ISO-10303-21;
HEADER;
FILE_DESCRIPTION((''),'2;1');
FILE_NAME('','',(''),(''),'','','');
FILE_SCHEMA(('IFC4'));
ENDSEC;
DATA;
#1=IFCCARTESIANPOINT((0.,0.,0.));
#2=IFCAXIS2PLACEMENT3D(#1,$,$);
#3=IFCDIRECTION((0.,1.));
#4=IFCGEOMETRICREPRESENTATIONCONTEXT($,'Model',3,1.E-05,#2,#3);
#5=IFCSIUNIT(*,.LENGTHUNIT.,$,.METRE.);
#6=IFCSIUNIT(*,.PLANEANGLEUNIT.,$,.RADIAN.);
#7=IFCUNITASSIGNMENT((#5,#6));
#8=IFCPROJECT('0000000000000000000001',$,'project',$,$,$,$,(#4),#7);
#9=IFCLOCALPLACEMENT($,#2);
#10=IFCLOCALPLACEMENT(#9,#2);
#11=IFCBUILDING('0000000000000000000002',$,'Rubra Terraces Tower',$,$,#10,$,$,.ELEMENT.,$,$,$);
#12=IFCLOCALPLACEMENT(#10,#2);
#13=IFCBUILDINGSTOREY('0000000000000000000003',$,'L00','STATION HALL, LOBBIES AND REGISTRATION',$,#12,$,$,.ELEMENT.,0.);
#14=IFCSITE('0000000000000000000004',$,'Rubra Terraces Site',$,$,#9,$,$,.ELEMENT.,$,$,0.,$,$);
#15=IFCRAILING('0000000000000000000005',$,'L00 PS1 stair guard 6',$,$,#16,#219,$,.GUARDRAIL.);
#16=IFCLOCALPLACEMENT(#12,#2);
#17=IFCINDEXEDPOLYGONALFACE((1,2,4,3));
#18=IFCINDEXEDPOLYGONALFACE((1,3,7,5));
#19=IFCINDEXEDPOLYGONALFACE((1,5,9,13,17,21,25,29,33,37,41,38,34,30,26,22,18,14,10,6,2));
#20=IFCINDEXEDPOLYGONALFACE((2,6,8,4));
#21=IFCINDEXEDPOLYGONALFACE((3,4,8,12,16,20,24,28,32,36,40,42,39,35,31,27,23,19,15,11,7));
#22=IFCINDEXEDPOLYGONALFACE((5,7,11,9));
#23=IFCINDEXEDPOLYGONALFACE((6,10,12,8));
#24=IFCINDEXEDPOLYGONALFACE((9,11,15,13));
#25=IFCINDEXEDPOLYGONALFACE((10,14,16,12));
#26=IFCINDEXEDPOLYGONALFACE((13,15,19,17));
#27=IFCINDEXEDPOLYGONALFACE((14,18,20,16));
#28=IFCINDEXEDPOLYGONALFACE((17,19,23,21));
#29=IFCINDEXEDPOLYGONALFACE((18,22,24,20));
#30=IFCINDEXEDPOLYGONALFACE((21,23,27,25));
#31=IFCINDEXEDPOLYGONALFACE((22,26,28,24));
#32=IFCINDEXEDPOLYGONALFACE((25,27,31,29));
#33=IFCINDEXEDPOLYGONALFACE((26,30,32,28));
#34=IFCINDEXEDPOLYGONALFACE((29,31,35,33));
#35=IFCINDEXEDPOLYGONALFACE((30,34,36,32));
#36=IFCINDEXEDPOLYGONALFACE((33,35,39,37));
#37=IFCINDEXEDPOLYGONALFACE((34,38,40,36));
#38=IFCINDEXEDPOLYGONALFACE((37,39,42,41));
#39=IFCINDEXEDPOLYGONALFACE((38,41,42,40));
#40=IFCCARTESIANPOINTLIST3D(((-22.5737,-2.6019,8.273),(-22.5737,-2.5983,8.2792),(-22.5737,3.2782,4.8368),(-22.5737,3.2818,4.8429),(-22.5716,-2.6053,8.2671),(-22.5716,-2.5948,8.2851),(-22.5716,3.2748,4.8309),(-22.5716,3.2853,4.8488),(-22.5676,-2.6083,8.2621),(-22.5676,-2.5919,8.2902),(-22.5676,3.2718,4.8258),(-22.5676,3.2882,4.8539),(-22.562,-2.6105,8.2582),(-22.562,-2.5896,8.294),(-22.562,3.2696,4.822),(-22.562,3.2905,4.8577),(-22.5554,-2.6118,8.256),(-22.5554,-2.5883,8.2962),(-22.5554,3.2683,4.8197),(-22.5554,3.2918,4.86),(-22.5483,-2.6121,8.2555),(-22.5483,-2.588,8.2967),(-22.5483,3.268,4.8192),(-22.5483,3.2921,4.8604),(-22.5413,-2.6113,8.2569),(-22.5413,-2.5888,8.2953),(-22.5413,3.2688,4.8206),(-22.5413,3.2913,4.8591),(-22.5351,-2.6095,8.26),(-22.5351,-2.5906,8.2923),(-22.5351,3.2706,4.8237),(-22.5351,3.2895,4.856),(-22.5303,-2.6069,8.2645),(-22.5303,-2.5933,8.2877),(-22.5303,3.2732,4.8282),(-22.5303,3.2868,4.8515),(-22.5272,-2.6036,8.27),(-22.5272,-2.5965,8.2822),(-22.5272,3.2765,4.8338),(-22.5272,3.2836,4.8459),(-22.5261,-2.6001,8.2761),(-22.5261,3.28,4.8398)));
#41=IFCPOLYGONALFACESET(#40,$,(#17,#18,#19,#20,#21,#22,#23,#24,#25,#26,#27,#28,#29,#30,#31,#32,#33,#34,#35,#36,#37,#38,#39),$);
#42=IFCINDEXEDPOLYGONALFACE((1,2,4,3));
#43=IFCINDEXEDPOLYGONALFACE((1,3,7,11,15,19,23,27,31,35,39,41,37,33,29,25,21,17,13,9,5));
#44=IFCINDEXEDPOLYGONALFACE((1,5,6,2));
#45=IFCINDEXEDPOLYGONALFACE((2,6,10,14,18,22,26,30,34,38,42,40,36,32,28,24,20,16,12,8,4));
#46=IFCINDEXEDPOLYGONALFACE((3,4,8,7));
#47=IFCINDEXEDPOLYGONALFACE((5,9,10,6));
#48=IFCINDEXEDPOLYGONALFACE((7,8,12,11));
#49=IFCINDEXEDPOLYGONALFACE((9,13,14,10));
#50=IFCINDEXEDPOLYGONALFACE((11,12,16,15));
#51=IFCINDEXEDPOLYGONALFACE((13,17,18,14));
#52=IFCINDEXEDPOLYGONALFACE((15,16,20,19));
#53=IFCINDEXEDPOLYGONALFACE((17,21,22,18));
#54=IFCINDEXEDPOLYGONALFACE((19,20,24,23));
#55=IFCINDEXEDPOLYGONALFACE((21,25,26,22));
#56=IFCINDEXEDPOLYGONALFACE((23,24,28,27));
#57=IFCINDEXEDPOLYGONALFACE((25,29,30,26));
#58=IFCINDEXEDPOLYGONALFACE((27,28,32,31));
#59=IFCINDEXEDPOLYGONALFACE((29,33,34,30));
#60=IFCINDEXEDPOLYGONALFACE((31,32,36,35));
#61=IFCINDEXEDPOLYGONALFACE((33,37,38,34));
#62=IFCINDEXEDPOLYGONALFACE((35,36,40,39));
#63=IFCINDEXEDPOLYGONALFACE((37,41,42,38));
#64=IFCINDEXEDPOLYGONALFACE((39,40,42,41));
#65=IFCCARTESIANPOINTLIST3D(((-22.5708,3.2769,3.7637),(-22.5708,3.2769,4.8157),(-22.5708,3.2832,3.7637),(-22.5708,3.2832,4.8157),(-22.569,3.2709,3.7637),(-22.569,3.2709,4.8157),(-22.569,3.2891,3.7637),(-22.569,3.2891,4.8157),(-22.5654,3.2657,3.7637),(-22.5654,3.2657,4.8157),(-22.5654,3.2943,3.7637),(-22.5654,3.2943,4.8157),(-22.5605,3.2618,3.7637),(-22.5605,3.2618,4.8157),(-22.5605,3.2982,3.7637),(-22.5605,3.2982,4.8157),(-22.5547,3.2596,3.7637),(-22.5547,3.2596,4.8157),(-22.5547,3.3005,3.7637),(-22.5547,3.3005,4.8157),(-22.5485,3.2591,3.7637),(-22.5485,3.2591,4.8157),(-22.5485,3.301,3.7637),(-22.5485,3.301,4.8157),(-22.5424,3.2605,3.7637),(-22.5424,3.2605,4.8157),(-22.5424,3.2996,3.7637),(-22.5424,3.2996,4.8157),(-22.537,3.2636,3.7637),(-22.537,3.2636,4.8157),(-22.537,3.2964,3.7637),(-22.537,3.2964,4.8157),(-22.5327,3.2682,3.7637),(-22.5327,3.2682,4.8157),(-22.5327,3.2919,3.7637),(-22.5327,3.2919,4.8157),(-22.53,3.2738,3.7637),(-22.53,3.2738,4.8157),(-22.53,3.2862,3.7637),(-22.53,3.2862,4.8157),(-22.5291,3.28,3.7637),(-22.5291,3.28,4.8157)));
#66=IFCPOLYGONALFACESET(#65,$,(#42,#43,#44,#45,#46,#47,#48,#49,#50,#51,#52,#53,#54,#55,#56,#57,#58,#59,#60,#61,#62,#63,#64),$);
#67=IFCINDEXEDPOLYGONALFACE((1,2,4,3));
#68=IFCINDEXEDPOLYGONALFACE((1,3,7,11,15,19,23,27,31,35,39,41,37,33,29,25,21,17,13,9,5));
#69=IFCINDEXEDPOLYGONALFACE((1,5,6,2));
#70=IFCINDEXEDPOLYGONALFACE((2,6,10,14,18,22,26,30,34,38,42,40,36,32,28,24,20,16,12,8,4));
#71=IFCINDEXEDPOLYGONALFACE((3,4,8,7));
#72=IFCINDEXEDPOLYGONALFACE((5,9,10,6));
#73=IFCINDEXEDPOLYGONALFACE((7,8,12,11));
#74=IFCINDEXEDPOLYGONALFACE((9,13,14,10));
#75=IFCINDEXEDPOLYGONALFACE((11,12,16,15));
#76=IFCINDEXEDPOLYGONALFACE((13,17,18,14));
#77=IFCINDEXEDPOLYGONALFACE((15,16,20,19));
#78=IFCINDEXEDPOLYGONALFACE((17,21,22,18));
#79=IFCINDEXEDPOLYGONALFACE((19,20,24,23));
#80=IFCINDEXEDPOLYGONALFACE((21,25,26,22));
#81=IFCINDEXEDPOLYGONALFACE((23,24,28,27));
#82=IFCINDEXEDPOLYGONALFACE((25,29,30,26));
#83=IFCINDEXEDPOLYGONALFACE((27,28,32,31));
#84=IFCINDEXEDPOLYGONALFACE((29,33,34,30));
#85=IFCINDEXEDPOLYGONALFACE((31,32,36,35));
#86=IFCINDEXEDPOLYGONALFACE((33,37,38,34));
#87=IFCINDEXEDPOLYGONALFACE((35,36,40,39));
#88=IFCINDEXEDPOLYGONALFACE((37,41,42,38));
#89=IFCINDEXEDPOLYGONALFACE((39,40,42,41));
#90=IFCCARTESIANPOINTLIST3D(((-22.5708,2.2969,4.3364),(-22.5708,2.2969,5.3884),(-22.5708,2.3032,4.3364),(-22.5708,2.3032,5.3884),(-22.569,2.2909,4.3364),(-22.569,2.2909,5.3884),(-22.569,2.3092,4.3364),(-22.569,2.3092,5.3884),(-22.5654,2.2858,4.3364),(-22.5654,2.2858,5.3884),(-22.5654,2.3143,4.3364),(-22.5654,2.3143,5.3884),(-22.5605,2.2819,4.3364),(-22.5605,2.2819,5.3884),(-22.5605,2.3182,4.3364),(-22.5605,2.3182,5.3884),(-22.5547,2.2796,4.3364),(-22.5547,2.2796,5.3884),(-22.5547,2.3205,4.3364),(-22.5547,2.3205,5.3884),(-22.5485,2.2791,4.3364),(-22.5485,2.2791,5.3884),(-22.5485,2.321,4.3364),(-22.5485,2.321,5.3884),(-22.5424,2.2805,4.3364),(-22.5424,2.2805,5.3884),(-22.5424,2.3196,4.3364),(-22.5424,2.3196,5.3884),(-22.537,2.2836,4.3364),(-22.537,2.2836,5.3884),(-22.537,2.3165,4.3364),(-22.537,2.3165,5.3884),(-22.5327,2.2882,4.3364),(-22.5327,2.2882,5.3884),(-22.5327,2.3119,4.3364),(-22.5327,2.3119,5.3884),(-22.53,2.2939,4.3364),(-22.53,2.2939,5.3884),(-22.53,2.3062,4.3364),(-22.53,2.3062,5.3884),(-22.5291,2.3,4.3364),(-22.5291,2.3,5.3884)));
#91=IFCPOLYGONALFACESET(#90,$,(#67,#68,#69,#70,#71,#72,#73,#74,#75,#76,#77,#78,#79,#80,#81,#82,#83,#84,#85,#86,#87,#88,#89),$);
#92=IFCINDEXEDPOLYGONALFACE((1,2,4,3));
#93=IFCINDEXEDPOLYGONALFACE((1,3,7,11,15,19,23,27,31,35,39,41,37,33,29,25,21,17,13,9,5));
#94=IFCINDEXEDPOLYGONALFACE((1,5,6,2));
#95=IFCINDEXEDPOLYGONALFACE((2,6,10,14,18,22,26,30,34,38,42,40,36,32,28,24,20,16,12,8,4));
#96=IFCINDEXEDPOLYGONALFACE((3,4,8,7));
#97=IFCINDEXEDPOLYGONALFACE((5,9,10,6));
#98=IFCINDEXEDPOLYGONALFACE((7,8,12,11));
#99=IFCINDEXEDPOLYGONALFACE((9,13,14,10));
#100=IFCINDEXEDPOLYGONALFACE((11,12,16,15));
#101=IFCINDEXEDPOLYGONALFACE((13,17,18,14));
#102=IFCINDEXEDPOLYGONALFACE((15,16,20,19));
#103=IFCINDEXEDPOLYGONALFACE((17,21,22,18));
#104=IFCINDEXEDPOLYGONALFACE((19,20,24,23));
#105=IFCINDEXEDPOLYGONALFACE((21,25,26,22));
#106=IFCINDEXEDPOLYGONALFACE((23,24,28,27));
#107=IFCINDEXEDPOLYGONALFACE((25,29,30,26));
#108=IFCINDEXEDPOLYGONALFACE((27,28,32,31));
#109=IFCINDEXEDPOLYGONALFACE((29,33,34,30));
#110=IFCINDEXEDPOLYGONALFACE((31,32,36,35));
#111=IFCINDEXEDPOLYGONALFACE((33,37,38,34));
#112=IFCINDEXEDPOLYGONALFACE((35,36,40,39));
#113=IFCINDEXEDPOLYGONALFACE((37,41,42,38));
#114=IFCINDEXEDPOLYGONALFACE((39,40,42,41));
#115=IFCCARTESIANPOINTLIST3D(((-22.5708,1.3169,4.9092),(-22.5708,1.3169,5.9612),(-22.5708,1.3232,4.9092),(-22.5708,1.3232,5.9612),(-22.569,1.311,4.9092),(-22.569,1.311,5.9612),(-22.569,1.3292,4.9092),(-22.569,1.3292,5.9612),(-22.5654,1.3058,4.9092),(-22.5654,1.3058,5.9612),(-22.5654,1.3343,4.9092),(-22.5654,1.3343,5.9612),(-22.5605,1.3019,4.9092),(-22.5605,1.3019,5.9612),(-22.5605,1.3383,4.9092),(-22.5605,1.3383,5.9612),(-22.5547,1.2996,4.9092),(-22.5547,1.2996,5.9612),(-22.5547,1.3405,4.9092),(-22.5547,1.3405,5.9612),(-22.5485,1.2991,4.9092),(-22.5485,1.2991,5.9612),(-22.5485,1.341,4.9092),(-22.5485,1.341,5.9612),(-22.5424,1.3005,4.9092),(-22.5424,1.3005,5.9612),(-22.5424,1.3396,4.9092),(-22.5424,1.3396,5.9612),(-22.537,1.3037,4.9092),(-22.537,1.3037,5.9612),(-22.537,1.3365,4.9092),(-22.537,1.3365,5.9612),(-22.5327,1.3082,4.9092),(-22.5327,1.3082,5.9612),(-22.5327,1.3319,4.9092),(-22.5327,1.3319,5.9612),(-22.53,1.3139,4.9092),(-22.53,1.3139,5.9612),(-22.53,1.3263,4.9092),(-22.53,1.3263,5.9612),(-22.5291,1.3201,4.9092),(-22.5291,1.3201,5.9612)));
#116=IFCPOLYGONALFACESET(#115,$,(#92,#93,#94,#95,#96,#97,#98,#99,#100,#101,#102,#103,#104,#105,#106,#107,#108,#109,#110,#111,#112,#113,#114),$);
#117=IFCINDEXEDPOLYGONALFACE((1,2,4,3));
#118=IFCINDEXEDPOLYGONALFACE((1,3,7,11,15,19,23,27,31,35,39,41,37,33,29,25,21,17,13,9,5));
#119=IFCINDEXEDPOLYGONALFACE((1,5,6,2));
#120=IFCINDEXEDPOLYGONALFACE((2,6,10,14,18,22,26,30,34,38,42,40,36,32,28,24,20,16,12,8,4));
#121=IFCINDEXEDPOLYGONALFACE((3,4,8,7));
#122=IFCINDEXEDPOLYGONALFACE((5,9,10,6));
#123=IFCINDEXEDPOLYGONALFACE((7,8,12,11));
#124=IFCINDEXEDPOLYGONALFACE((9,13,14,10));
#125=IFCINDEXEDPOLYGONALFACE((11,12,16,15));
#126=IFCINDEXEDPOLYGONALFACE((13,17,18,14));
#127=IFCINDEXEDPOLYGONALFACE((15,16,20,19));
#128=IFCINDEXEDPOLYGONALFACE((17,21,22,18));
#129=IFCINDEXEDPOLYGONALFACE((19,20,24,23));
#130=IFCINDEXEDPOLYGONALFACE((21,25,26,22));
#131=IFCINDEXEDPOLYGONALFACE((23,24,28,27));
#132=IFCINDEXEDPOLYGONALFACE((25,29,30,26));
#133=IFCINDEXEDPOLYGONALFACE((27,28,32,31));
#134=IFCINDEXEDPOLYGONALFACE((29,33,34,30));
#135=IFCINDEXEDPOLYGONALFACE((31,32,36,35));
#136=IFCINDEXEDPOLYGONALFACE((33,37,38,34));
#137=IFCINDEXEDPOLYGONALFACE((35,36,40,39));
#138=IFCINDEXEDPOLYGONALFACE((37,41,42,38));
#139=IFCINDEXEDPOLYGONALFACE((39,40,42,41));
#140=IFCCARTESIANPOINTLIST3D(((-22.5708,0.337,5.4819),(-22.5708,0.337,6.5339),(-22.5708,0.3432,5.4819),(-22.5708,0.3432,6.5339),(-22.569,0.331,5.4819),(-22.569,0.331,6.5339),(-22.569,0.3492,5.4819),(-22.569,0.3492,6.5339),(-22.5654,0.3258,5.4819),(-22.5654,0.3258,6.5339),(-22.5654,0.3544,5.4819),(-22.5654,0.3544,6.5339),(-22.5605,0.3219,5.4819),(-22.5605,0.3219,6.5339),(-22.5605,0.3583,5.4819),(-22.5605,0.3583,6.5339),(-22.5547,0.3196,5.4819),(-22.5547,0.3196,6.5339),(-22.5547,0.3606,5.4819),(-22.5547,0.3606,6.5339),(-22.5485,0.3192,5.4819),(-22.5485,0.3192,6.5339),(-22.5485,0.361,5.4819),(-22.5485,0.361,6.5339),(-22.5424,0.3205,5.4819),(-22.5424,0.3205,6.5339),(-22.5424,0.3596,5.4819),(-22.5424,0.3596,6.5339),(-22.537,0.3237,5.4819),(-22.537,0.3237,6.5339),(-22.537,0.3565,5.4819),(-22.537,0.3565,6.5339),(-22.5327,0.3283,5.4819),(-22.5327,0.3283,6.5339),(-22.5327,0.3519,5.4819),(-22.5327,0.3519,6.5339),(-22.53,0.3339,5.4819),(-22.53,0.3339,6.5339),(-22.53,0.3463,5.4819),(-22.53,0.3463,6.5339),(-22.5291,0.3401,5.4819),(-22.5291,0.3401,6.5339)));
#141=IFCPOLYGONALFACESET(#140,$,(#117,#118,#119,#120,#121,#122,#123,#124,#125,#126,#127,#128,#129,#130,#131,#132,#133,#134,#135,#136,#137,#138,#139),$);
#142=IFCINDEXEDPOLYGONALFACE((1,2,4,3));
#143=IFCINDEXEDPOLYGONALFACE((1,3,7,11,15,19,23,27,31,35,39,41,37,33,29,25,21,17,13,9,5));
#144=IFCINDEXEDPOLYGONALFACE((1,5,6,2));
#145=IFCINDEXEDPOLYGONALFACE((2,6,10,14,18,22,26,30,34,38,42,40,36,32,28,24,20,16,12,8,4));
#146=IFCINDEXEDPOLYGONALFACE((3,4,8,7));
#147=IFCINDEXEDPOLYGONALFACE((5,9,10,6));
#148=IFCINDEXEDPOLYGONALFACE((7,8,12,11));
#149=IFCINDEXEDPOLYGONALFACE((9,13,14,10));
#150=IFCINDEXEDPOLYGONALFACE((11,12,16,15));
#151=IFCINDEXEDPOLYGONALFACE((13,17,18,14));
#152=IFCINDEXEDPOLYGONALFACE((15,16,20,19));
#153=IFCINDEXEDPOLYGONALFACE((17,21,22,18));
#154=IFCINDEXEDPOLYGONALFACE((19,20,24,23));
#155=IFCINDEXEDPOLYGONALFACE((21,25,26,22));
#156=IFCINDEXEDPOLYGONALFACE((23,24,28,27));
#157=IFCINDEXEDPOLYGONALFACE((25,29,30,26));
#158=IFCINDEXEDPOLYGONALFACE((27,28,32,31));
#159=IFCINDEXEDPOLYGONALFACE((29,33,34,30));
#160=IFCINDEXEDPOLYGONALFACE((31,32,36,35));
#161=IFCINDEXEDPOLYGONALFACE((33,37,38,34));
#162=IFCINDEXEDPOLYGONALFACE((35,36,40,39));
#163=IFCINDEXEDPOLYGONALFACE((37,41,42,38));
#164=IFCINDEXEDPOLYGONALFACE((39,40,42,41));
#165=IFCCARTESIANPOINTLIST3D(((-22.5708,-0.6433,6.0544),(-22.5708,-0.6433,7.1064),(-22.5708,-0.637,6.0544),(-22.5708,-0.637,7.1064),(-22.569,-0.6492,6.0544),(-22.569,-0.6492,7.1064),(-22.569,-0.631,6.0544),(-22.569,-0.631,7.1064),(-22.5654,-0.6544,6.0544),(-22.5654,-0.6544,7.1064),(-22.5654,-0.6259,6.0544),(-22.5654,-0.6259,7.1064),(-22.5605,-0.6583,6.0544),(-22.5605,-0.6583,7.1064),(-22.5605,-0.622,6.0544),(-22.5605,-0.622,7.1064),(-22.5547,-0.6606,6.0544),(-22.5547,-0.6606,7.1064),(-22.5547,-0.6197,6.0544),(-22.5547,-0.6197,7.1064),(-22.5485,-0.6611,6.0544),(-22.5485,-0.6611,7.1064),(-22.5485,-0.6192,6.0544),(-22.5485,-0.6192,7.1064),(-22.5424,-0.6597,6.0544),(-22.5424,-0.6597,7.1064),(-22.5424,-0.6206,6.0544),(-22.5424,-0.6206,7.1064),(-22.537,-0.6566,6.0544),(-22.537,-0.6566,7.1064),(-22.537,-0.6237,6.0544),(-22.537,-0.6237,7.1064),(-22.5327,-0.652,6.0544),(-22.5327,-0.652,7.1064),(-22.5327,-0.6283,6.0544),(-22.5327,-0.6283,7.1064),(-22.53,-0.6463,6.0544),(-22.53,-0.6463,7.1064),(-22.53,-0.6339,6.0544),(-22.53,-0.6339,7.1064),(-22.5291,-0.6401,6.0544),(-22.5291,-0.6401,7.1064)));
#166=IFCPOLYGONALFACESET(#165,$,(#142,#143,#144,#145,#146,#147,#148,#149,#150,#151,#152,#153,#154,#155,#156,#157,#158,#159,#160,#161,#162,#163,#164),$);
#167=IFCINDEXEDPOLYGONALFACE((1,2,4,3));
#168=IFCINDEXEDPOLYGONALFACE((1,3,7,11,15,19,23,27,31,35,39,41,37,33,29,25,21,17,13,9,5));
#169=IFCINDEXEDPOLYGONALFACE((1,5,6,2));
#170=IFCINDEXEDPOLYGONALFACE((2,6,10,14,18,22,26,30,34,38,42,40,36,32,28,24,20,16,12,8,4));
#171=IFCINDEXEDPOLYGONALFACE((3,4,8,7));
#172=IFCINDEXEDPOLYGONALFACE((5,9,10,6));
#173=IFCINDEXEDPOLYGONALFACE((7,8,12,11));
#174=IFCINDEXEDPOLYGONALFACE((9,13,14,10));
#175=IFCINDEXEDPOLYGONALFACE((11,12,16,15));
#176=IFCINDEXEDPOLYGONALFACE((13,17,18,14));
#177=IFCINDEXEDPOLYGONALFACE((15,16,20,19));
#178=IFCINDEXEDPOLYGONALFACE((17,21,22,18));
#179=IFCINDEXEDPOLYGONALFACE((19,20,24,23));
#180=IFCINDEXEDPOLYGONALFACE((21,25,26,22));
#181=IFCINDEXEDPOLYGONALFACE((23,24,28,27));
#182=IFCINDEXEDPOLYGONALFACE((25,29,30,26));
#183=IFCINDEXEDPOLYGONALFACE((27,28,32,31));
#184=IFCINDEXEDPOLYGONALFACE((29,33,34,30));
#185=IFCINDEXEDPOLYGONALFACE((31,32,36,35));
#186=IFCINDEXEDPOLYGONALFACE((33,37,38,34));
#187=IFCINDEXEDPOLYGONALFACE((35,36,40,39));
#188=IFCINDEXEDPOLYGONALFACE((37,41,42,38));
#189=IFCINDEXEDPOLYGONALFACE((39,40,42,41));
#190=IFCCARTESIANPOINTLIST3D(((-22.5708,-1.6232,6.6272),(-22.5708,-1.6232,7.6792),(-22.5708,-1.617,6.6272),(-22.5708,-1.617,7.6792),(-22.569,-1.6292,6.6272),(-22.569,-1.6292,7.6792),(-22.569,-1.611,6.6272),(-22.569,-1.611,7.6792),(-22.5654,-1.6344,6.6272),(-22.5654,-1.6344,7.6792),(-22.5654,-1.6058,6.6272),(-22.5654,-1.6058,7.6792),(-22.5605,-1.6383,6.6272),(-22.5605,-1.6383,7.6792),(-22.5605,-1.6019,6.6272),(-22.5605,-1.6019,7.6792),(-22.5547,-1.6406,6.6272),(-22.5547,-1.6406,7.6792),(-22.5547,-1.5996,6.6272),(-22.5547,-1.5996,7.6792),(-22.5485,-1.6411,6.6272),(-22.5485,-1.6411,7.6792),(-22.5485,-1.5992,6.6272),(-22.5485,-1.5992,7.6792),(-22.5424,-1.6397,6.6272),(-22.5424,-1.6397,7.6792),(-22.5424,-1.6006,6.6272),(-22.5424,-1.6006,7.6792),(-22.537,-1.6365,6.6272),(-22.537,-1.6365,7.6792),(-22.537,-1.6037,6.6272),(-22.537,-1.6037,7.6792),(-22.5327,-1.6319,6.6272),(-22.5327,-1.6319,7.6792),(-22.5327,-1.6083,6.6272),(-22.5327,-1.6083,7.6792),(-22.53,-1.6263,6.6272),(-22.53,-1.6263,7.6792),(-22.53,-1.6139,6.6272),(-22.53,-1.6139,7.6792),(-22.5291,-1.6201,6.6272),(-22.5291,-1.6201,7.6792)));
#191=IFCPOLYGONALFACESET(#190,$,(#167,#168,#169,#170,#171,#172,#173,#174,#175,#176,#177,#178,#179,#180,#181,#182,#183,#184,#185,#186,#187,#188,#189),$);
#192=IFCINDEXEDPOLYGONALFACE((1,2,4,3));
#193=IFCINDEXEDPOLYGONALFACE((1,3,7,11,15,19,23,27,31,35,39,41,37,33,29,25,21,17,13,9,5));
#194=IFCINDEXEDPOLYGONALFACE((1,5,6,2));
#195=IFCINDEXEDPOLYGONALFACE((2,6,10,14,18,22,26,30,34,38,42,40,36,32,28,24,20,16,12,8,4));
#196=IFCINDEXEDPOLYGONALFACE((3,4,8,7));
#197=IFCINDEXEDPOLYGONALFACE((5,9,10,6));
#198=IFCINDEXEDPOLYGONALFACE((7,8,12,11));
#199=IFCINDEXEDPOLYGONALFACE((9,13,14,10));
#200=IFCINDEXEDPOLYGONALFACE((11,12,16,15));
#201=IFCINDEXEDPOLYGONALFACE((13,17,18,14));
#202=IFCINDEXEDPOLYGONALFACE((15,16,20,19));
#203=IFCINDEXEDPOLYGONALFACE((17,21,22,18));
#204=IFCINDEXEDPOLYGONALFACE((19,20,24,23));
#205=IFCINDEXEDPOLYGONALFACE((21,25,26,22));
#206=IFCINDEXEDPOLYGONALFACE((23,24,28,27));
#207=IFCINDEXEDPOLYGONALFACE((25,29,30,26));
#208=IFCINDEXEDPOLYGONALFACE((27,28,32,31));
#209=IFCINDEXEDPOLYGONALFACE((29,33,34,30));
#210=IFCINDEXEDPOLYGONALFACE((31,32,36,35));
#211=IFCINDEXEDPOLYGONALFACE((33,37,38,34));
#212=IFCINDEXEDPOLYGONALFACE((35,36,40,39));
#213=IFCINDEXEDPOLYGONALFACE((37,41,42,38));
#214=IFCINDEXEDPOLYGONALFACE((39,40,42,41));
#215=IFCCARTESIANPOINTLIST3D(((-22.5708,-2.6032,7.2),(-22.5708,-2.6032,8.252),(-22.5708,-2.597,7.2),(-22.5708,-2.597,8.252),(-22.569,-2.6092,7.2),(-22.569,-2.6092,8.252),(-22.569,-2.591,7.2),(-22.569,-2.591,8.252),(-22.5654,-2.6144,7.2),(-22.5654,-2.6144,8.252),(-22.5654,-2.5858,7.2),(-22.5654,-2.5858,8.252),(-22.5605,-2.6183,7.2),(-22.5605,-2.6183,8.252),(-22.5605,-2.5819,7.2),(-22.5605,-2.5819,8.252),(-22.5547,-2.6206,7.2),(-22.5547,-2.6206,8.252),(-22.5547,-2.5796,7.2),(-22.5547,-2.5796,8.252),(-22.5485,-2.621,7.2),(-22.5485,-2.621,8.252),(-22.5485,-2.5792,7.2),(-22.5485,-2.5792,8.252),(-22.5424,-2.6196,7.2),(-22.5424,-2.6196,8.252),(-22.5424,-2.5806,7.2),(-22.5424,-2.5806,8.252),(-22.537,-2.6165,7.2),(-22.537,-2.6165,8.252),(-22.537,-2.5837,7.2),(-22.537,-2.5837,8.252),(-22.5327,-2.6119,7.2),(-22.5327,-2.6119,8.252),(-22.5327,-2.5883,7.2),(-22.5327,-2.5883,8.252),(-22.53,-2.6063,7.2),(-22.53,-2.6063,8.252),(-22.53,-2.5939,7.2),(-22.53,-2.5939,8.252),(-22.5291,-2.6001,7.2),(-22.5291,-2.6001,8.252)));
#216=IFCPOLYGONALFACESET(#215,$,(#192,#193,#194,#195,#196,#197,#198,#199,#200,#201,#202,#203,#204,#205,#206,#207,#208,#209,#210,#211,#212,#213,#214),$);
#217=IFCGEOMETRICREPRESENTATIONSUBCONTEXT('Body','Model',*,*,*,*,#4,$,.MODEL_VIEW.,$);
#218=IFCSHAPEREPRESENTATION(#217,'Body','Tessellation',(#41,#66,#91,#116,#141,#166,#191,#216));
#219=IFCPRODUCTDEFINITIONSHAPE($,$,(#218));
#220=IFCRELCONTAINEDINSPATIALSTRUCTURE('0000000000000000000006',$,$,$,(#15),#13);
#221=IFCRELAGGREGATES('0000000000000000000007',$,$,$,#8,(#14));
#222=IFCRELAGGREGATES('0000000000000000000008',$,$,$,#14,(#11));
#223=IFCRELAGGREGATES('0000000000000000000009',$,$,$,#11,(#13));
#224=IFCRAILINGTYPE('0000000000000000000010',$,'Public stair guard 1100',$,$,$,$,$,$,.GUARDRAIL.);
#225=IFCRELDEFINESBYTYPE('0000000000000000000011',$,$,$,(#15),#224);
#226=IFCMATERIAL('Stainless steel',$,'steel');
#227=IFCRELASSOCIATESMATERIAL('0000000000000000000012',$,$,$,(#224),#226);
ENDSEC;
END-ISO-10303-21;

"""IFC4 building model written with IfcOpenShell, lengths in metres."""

from ifc_helpers import new_model, si_unit, direction, frame, origin, origin_2d, place, context, subcontext, project, spatial, circle, extrude, material, type_object, element, save


model = new_model("IFC4")

# Units and contexts
model_context = context("Model", 3, precision=1e-05, world=origin(), true_north=direction((0.0, 1.0)))
body_context = subcontext(model_context, "Body", "Model", "MODEL_VIEW")
ifc_project = project(units=[si_unit("LENGTHUNIT", "METRE"), si_unit("PLANEANGLEUNIT", "RADIAN")], contexts=[model_context])

# Site, building, storey
site_placement = place(None, origin())
site = spatial("IfcSite", under=ifc_project, at=site_placement, Name="Rubra Terraces Site", CompositionType="ELEMENT", RefElevation=0.0)
building_placement = place(site_placement, origin())
building = spatial("IfcBuilding", under=site, at=building_placement, Name="Rubra Terraces Tower", CompositionType="ELEMENT")
storey_placement = place(building_placement, origin())
storey = spatial("IfcBuildingStorey", under=building, at=storey_placement, Name="L00", Description="STATION HALL, LOBBIES AND REGISTRATION", CompositionType="ELEMENT", Elevation=0.0)

# Railing
ifc_material_1 = material(Name="Stainless steel", Category="steel")
railing_type_1 = type_object("IfcRailingType", Name="Public stair guard 1100", PredefinedType="GUARDRAIL", material=ifc_material_1)
railing_1_placement = place(storey_placement, frame((-22.55, 3.28, 3.7637)))
element("IfcRailing", 1, at=railing_1_placement, inside=storey, type_object=railing_type_1, Name="L00 PS1 stair guard 6", PredefinedType="GUARDRAIL", context=body_context, shape_type="SweptSolid", body=[
    extrude(circle(Radius=0.0239, at=origin_2d()), frame((0.0, 0.0, 1.0762), z_axis=(0.0, -0.863382, 0.504551), x_axis=(1.0, 0.0, 0.0)), (0.0, 0.0, 1.0), 6.8105),
    extrude(circle(Radius=0.021, at=origin_2d()), origin(), (0.0, 0.0, 1.0), 1.052),
    extrude(circle(Radius=0.021, at=origin_2d()), frame((0.0, -0.98, 0.5728)), (0.0, 0.0, 1.0), 1.052),
    extrude(circle(Radius=0.021, at=origin_2d()), frame((0.0, -1.96, 1.1455)), (0.0, 0.0, 1.0), 1.052),
    extrude(circle(Radius=0.021, at=origin_2d()), frame((0.0, -2.9399, 1.7183)), (0.0, 0.0, 1.0), 1.052),
    extrude(circle(Radius=0.021, at=origin_2d()), frame((0.0, -3.9202, 2.2908)), (0.0, 0.0, 1.0), 1.052),
    extrude(circle(Radius=0.021, at=origin_2d()), frame((0.0, -4.9001, 2.8635)), (0.0, 0.0, 1.0), 1.052),
    extrude(circle(Radius=0.021, at=origin_2d()), frame((0.0, -5.8801, 3.4363)), (0.0, 0.0, 1.0), 1.052),
])

save(model, "model.ifc")
